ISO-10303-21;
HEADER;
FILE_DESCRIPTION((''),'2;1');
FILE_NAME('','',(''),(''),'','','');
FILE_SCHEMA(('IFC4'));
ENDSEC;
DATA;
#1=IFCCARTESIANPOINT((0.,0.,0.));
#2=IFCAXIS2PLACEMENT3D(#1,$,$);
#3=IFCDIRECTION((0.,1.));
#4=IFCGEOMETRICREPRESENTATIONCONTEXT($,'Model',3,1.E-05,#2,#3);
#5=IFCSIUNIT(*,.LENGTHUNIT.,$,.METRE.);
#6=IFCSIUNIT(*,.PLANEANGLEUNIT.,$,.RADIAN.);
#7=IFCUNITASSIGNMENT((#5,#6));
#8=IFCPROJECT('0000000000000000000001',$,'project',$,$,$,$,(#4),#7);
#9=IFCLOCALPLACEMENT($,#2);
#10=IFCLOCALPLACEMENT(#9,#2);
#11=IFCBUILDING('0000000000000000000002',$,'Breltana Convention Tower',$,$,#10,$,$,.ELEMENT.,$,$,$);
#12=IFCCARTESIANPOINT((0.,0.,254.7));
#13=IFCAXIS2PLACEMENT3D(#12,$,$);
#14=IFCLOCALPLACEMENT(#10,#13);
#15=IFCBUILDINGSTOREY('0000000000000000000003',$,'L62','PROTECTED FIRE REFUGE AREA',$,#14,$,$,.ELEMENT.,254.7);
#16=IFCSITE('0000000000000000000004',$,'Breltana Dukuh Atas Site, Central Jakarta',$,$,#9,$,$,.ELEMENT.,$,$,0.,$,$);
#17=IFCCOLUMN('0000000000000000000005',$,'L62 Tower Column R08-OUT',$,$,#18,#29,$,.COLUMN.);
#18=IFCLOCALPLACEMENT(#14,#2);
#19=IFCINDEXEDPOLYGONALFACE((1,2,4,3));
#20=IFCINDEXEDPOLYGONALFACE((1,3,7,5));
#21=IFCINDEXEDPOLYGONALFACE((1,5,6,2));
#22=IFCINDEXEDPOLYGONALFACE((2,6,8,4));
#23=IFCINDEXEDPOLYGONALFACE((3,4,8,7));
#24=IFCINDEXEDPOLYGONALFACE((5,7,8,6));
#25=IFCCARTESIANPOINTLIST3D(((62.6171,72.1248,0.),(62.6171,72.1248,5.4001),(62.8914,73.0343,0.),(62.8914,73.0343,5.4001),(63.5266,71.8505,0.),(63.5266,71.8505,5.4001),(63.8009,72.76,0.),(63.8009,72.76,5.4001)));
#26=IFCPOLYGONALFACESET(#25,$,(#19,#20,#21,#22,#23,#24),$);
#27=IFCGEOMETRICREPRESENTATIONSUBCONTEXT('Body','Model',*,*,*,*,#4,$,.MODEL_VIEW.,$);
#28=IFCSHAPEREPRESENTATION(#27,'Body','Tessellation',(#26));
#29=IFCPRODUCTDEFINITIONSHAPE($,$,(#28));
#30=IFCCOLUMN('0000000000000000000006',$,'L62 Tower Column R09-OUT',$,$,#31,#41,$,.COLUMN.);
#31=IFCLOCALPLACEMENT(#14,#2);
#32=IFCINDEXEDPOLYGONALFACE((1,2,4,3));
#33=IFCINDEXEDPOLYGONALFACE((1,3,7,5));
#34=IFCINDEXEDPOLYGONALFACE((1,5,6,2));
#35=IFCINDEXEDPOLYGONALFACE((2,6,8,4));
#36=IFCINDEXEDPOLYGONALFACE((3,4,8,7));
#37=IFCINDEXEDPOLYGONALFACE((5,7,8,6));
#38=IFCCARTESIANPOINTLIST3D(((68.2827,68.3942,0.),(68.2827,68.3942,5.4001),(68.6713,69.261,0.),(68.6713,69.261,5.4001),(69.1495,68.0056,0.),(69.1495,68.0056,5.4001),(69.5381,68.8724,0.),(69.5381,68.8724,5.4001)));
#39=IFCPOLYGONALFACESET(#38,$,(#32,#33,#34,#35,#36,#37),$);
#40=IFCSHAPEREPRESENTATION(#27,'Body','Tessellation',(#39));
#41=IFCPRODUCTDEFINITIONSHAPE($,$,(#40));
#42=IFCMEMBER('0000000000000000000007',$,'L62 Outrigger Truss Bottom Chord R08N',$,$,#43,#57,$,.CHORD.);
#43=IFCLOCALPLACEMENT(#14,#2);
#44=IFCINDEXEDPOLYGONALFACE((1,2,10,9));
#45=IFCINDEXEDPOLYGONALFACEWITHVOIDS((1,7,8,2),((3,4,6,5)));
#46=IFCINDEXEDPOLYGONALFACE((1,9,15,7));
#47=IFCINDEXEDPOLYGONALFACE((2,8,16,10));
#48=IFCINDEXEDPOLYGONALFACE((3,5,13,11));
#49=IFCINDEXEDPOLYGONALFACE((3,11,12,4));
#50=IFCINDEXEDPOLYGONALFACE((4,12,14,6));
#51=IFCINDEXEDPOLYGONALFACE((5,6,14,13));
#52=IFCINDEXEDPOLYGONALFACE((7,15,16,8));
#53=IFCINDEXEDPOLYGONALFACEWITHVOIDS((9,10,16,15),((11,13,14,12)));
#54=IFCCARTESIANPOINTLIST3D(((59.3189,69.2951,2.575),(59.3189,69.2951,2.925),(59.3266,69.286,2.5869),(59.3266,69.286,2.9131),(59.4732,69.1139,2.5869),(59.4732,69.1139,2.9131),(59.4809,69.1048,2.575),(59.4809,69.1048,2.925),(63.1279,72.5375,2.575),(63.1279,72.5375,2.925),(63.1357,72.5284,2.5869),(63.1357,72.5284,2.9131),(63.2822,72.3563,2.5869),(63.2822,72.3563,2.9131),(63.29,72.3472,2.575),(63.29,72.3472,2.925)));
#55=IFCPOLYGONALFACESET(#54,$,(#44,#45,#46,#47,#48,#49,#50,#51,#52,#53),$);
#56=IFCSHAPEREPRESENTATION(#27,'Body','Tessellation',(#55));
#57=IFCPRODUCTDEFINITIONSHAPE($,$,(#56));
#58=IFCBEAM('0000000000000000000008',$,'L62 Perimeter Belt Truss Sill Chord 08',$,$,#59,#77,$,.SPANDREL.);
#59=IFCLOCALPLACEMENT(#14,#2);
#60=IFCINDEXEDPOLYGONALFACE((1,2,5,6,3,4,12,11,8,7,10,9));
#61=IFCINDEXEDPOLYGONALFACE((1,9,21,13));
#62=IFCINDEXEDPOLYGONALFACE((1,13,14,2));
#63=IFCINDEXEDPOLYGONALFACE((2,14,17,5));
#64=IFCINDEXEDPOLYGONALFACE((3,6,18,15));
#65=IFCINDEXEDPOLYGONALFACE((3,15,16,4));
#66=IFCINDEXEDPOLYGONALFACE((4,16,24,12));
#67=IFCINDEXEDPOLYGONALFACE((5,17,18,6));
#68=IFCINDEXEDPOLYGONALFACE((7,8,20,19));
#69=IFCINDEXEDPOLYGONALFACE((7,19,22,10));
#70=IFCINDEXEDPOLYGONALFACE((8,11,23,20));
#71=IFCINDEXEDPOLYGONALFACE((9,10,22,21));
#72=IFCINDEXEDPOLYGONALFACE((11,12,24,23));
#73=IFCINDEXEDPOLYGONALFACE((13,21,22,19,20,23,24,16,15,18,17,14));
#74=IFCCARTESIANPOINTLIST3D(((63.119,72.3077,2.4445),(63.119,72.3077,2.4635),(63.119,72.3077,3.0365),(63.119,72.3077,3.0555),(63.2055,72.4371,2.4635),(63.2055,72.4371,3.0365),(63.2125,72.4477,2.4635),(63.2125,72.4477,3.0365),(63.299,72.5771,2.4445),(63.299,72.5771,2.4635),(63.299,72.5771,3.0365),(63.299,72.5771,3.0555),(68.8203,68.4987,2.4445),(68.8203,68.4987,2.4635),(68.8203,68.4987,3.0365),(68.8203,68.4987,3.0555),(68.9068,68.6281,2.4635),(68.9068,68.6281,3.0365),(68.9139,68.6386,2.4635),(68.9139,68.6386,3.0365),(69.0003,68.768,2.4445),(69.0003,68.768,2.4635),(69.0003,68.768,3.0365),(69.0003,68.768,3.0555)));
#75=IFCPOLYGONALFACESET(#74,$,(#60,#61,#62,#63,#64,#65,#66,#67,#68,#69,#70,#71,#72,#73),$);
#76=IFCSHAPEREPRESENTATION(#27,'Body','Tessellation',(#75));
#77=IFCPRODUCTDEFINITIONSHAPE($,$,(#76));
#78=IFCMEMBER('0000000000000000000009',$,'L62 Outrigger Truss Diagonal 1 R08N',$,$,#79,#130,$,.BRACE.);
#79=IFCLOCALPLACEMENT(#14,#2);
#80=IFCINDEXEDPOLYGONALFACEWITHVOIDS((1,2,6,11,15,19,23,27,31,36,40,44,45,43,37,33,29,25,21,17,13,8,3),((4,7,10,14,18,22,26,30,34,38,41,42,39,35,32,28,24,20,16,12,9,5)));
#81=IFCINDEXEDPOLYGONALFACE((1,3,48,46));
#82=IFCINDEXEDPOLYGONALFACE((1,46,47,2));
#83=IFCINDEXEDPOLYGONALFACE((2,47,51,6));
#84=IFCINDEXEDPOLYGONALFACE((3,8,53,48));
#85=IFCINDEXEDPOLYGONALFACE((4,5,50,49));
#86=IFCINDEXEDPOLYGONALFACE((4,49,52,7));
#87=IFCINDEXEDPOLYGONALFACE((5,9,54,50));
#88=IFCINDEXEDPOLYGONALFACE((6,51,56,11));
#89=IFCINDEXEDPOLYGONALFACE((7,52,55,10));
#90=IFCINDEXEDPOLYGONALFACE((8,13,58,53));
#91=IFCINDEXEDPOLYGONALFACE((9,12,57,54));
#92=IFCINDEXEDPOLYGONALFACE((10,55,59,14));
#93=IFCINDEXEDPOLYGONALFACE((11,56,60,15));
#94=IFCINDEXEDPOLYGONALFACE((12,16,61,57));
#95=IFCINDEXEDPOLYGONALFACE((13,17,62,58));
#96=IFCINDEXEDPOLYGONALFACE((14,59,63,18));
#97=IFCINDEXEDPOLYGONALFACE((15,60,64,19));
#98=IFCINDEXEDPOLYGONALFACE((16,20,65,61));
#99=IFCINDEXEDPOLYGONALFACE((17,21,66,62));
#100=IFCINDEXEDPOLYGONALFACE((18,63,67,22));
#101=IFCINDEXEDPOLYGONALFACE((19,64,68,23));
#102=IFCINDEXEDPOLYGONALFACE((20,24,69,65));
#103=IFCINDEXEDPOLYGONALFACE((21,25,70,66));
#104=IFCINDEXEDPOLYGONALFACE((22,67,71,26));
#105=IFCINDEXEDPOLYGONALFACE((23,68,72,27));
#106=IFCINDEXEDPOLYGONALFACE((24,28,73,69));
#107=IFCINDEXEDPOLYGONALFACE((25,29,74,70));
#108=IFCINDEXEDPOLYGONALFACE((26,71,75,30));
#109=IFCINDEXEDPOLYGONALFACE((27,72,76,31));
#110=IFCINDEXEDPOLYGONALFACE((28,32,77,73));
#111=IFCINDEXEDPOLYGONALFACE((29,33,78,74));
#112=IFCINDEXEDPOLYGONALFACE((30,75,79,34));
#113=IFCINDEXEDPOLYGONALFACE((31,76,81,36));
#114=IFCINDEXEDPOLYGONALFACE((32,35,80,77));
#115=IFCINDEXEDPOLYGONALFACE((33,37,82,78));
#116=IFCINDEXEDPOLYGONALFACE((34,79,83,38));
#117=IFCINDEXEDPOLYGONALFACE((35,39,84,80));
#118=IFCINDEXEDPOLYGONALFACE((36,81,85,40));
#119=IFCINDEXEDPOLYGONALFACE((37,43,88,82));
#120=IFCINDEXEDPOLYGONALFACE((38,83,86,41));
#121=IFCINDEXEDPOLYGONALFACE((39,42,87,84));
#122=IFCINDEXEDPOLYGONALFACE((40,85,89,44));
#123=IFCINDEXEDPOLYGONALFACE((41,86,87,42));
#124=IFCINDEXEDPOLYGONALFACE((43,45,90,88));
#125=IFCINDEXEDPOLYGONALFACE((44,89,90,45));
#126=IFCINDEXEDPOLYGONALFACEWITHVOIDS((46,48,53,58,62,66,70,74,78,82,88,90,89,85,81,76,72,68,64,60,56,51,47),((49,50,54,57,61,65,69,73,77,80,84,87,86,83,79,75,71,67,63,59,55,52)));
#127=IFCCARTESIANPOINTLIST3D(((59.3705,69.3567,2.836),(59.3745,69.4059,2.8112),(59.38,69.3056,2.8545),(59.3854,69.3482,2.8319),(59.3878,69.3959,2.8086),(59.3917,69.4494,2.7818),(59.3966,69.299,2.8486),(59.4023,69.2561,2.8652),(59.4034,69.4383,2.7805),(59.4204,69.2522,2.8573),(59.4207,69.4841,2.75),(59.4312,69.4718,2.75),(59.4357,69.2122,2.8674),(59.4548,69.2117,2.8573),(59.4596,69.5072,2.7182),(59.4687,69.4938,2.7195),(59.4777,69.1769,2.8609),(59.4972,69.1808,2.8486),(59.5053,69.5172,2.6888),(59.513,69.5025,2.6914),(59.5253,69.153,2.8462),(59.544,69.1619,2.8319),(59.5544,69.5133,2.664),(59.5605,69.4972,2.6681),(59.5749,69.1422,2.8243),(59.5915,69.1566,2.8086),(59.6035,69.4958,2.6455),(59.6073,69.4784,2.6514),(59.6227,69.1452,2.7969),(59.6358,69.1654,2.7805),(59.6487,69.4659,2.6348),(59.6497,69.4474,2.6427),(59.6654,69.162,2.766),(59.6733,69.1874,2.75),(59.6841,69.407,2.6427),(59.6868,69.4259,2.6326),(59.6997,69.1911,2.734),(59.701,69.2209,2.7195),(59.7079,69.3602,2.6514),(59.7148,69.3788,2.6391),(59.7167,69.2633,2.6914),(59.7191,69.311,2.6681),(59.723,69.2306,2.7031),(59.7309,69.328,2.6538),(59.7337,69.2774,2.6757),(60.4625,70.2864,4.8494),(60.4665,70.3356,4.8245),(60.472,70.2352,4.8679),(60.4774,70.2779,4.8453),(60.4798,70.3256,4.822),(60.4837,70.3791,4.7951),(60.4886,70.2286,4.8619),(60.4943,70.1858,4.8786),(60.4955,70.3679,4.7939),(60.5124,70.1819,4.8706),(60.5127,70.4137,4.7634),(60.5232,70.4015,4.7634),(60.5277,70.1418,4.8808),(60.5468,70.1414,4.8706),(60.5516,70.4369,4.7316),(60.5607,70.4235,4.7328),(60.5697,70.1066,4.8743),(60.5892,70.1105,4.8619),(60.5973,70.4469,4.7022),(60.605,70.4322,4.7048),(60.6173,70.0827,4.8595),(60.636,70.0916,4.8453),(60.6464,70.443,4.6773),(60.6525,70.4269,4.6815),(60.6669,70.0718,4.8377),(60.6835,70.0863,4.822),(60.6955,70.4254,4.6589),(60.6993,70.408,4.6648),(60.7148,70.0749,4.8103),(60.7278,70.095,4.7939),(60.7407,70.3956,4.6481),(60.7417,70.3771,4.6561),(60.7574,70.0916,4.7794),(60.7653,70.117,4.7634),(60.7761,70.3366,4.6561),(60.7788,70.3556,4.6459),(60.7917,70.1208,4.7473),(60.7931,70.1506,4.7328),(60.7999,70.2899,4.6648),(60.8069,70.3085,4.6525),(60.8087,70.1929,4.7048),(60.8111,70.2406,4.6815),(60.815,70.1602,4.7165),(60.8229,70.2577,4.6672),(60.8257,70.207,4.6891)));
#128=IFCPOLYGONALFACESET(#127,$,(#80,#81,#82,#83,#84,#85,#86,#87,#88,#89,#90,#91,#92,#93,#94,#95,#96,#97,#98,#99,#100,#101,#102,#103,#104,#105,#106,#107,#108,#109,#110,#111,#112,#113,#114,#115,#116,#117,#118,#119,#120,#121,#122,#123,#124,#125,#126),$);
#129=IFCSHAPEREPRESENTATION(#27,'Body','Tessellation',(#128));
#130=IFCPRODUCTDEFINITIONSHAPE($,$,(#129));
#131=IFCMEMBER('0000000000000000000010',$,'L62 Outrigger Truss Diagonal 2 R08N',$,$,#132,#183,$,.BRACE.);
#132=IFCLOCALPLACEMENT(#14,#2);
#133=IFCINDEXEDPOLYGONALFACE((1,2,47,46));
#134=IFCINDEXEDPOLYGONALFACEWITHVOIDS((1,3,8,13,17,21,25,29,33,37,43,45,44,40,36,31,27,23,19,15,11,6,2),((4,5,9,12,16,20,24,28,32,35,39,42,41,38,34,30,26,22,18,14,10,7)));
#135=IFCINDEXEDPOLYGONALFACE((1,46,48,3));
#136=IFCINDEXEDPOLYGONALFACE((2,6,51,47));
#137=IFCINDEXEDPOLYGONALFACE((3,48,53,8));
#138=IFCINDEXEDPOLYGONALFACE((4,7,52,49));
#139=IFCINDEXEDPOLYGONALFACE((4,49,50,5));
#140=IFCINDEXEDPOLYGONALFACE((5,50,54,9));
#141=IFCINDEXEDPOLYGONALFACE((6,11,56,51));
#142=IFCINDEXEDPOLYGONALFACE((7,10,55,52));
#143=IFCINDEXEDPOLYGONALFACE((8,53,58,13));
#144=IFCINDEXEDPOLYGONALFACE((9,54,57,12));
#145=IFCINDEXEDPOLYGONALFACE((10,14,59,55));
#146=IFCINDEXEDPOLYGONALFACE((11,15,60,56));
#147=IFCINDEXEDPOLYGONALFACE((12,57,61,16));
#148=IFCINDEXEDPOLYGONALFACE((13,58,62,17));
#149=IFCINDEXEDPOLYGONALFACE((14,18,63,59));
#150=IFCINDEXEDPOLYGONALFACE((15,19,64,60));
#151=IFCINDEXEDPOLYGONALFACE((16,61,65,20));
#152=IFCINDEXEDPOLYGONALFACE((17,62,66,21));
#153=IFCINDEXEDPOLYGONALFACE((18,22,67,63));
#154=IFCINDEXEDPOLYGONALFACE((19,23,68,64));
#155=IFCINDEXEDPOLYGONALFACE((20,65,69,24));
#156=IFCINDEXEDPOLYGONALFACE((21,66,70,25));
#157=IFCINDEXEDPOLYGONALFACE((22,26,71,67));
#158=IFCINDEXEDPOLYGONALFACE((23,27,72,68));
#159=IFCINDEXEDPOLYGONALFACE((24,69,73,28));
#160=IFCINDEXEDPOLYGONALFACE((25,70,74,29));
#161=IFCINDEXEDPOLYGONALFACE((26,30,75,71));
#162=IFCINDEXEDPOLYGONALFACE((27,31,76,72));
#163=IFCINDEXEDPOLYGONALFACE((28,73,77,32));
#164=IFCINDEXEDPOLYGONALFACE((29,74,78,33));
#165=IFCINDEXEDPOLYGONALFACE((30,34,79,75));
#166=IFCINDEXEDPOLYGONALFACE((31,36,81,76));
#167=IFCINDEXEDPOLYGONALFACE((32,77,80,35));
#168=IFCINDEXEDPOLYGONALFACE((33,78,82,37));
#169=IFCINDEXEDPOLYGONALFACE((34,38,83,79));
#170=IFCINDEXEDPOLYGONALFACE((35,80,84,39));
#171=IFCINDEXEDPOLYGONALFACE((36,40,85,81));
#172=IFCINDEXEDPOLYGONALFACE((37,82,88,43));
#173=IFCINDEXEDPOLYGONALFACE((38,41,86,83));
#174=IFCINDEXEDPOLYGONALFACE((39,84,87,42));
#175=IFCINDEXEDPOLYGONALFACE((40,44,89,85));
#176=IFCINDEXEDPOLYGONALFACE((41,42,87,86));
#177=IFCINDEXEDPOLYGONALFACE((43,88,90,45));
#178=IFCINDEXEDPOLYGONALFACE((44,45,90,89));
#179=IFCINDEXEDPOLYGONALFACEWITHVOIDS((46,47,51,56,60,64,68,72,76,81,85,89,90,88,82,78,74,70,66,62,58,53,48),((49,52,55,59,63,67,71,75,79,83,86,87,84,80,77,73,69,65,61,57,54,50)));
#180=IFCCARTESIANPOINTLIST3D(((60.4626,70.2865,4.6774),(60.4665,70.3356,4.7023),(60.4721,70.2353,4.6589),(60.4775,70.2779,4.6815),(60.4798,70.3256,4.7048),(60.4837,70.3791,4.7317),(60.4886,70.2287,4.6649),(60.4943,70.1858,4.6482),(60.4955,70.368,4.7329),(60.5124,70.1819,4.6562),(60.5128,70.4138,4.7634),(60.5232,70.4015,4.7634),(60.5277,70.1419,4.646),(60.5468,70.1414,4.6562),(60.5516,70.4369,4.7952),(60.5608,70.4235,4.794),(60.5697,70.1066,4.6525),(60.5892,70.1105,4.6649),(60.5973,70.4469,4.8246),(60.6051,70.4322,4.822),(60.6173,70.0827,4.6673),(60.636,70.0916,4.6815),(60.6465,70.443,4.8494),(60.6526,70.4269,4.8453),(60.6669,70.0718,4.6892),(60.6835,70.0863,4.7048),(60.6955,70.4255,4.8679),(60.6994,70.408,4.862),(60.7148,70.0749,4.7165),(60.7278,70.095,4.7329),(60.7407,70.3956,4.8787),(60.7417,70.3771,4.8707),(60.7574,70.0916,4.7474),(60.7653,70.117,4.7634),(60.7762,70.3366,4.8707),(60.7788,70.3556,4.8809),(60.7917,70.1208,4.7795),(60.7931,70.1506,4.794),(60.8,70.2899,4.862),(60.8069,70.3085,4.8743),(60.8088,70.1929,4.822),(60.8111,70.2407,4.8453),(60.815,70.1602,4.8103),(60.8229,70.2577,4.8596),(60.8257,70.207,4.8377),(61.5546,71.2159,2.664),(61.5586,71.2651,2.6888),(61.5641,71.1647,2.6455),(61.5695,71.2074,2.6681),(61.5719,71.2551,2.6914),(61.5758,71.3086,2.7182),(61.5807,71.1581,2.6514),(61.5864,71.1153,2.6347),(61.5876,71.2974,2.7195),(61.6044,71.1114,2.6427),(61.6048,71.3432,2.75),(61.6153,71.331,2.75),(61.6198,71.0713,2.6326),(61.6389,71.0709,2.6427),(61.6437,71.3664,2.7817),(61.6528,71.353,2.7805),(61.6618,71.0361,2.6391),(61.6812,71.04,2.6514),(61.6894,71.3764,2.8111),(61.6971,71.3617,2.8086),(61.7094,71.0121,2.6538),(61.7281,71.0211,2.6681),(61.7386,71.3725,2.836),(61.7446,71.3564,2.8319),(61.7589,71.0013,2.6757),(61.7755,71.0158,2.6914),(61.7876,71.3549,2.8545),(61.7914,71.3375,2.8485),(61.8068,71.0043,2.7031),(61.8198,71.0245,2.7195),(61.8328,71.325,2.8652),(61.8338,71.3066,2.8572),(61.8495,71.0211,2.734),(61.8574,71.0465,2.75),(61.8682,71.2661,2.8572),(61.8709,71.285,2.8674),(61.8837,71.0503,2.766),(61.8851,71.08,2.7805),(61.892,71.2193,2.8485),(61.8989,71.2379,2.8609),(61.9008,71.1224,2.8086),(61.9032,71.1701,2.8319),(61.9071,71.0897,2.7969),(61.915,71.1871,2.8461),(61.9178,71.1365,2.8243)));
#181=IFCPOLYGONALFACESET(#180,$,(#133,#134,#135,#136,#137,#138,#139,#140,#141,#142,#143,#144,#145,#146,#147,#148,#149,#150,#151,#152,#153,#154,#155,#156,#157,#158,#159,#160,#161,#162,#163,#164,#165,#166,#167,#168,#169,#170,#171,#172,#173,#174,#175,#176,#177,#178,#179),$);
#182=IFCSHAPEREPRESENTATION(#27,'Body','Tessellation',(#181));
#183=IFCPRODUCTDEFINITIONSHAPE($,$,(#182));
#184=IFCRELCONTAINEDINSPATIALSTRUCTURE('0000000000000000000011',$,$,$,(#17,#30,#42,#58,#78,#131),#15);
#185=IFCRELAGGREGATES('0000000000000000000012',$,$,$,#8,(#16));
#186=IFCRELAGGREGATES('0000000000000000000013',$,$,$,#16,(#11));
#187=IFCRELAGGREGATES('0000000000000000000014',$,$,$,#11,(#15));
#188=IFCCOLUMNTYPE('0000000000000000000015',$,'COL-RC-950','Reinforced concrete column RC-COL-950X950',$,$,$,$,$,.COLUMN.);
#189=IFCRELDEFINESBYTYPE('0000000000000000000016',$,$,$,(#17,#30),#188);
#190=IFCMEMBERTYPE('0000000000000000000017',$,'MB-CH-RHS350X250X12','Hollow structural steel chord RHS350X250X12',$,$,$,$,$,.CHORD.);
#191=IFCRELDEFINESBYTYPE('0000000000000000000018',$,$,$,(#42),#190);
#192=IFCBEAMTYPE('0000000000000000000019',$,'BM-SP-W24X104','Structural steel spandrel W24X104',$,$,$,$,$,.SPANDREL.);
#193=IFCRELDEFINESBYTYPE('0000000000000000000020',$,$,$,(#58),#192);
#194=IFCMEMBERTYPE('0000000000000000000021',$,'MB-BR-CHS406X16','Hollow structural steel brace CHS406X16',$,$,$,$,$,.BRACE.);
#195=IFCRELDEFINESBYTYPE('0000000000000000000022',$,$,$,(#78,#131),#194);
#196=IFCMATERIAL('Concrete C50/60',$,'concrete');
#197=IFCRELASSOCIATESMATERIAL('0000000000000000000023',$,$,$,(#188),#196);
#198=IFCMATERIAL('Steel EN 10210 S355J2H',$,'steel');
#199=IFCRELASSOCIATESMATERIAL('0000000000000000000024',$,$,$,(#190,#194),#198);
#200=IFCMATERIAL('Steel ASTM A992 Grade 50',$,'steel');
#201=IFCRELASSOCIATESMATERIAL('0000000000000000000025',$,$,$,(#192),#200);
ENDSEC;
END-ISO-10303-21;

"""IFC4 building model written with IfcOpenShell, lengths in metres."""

from ifc_helpers import new_model, si_unit, direction, frame, origin, origin_2d, place, context, subcontext, project, spatial, rectangle, hollow_rectangle, hollow_circle, i_section, extrude, source, transform, mapped, material, material_profile, profile_set, type_object, element, save


model = new_model("IFC4")

# Units and contexts
model_context = context("Model", 3, precision=1e-05, world=origin(), true_north=direction((0.0, 1.0)))
body_context = subcontext(model_context, "Body", "Model", "MODEL_VIEW")
ifc_project = project(units=[si_unit("LENGTHUNIT", "METRE"), si_unit("PLANEANGLEUNIT", "RADIAN")], contexts=[model_context])

# Site, building, storey
site_placement = place(None, origin())
site = spatial("IfcSite", under=ifc_project, at=site_placement, Name="Breltana Dukuh Atas Site, Central Jakarta", CompositionType="ELEMENT", RefElevation=0.0)
building_placement = place(site_placement, origin())
building = spatial("IfcBuilding", under=site, at=building_placement, Name="Breltana Convention Tower", CompositionType="ELEMENT")
storey_placement = place(building_placement, frame((0.0, 0.0, 254.7)))
storey = spatial("IfcBuildingStorey", under=building, at=storey_placement, Name="L62", Description="PROTECTED FIRE REFUGE AREA", CompositionType="ELEMENT", Elevation=254.7)

# Columns
ifc_material_1 = material(Name="Concrete C50/60", Category="concrete")
ifc_material_profile_1 = material_profile(ifc_material_1, rectangle(XDim=0.95, YDim=0.95, at=origin_2d()), Name="RC-COL-950X950")
ifc_profile_set_1 = profile_set([ifc_material_profile_1], Name="Concrete C50/60")
column_type = type_object("IfcColumnType", Name="COL-RC-950", Description="Reinforced concrete column RC-COL-950X950", PredefinedType="COLUMN", material=ifc_profile_set_1)
shared_shape_1 = source(origin(), body_context, "Body", "SweptSolid", [
    extrude(rectangle(XDim=0.95, YDim=0.95, at=origin_2d()), origin(), (0.0, 0.0, 1.0), 5.4001),
])
for number, where, z_axis, x_axis, name in (
    (1, (63.209, 72.4424, 0.0), (0.0, 0.0, 1.0), (0.288698, 0.95742, 0.0), "L62 Tower Column R08-OUT"),
    (2, (68.9104, 68.6333, 0.0), (0.0, 0.0, 1.0), (0.409127, 0.912477, 0.0), "L62 Tower Column R09-OUT"),
):
    element("IfcColumn", number, at=place(storey_placement, frame(where, z_axis=z_axis, x_axis=x_axis)), inside=storey, type_object=column_type, Name=name, PredefinedType="COLUMN", context=body_context, shape_type="MappedRepresentation", body=[
        mapped(shared_shape_1, transform((0.0, 0.0, 0.0), scale=1.0)),
    ])

# Member
ifc_material_2 = material(Name="Steel EN 10210 S355J2H", Category="steel")
ifc_material_profile_2 = material_profile(ifc_material_2, hollow_rectangle(XDim=0.25, YDim=0.3501, WallThickness=0.012, at=origin_2d()), Name="RHS350X250X12")
ifc_profile_set_2 = profile_set([ifc_material_profile_2], Name="Steel EN 10210 S355J2H")
member_type_1 = type_object("IfcMemberType", Name="MB-CH-RHS350X250X12", Description="Hollow structural steel chord RHS350X250X12", PredefinedType="CHORD", material=ifc_profile_set_2)
shared_shape_2 = source(origin(), body_context, "Body", "SweptSolid", [
    extrude(hollow_rectangle(XDim=0.25, YDim=0.3501, WallThickness=0.012, at=origin_2d()), origin(), (0.0, 0.0, 1.0), 5.0022),
])
member_1_placement = place(storey_placement, frame((59.3999, 69.2, 2.75), z_axis=(0.761474, 0.648195, 0.0), x_axis=(-0.648195, 0.761474, 0.0)))
element("IfcMember", 3, at=member_1_placement, inside=storey, type_object=member_type_1, Name="L62 Outrigger Truss Bottom Chord R08N", PredefinedType="CHORD", context=body_context, shape_type="MappedRepresentation", body=[
    mapped(shared_shape_2, transform((0.0, 0.0, 0.0), scale=1.0)),
])

# Beam
ifc_material_3 = material(Name="Steel ASTM A992 Grade 50", Category="steel")
ifc_material_profile_3 = material_profile(ifc_material_3, i_section(OverallWidth=0.324, OverallDepth=0.6111, WebThickness=0.0127, FlangeThickness=0.019, at=origin_2d()), Name="W24X104")
ifc_profile_set_3 = profile_set([ifc_material_profile_3], Name="Steel ASTM A992 Grade 50")
beam_type_1 = type_object("IfcBeamType", Name="BM-SP-W24X104", Description="Structural steel spandrel W24X104", PredefinedType="SPANDREL", material=ifc_profile_set_3)
shared_shape_3 = source(origin(), body_context, "Body", "SweptSolid", [
    extrude(i_section(OverallWidth=0.324, OverallDepth=0.6111, WebThickness=0.0127, FlangeThickness=0.019, at=origin_2d()), origin(), (0.0, 0.0, 1.0), 6.8567),
])
beam_1_placement = place(storey_placement, frame((63.209, 72.4424, 2.75), z_axis=(0.831502, -0.555522, 0.0), x_axis=(0.555522, 0.831502, 0.0)))
element("IfcBeam", 4, at=beam_1_placement, inside=storey, type_object=beam_type_1, Name="L62 Perimeter Belt Truss Sill Chord 08", PredefinedType="SPANDREL", context=body_context, shape_type="MappedRepresentation", body=[
    mapped(shared_shape_3, transform((0.0, 0.0, 0.0), scale=1.0)),
])

# Members
ifc_material_profile_4 = material_profile(ifc_material_2, hollow_circle(Radius=0.2029, WallThickness=0.0161, at=origin_2d()), Name="CHS406X16")
ifc_profile_set_4 = profile_set([ifc_material_profile_4], Name="Steel EN 10210 S355J2H")
member_type_2 = type_object("IfcMemberType", Name="MB-BR-CHS406X16", Description="Hollow structural steel brace CHS406X16", PredefinedType="BRACE", material=ifc_profile_set_4)
shared_shape_4 = source(origin(), body_context, "Body", "SweptSolid", [
    extrude(hollow_circle(Radius=0.2029, WallThickness=0.0161, at=origin_2d()), origin(), (0.0, 0.0, 1.0), 2.4719),
])
for number, where, z_axis, x_axis, name in (
    (5, (59.5522, 69.3296, 2.75), (0.441765, 0.376088, 0.814495), (-0.648236, 0.761439, 0.0), "L62 Outrigger Truss Diagonal 1 R08N"),
    (6, (60.6443, 70.2593, 4.7634), (0.441781, 0.376003, -0.814525), (-0.648138, 0.761523, 0.0), "L62 Outrigger Truss Diagonal 2 R08N"),
):
    element("IfcMember", number, at=place(storey_placement, frame(where, z_axis=z_axis, x_axis=x_axis)), inside=storey, type_object=member_type_2, Name=name, PredefinedType="BRACE", context=body_context, shape_type="MappedRepresentation", body=[
        mapped(shared_shape_4, transform((0.0, 0.0, 0.0), scale=1.0)),
    ])

save(model, "model.ifc")
